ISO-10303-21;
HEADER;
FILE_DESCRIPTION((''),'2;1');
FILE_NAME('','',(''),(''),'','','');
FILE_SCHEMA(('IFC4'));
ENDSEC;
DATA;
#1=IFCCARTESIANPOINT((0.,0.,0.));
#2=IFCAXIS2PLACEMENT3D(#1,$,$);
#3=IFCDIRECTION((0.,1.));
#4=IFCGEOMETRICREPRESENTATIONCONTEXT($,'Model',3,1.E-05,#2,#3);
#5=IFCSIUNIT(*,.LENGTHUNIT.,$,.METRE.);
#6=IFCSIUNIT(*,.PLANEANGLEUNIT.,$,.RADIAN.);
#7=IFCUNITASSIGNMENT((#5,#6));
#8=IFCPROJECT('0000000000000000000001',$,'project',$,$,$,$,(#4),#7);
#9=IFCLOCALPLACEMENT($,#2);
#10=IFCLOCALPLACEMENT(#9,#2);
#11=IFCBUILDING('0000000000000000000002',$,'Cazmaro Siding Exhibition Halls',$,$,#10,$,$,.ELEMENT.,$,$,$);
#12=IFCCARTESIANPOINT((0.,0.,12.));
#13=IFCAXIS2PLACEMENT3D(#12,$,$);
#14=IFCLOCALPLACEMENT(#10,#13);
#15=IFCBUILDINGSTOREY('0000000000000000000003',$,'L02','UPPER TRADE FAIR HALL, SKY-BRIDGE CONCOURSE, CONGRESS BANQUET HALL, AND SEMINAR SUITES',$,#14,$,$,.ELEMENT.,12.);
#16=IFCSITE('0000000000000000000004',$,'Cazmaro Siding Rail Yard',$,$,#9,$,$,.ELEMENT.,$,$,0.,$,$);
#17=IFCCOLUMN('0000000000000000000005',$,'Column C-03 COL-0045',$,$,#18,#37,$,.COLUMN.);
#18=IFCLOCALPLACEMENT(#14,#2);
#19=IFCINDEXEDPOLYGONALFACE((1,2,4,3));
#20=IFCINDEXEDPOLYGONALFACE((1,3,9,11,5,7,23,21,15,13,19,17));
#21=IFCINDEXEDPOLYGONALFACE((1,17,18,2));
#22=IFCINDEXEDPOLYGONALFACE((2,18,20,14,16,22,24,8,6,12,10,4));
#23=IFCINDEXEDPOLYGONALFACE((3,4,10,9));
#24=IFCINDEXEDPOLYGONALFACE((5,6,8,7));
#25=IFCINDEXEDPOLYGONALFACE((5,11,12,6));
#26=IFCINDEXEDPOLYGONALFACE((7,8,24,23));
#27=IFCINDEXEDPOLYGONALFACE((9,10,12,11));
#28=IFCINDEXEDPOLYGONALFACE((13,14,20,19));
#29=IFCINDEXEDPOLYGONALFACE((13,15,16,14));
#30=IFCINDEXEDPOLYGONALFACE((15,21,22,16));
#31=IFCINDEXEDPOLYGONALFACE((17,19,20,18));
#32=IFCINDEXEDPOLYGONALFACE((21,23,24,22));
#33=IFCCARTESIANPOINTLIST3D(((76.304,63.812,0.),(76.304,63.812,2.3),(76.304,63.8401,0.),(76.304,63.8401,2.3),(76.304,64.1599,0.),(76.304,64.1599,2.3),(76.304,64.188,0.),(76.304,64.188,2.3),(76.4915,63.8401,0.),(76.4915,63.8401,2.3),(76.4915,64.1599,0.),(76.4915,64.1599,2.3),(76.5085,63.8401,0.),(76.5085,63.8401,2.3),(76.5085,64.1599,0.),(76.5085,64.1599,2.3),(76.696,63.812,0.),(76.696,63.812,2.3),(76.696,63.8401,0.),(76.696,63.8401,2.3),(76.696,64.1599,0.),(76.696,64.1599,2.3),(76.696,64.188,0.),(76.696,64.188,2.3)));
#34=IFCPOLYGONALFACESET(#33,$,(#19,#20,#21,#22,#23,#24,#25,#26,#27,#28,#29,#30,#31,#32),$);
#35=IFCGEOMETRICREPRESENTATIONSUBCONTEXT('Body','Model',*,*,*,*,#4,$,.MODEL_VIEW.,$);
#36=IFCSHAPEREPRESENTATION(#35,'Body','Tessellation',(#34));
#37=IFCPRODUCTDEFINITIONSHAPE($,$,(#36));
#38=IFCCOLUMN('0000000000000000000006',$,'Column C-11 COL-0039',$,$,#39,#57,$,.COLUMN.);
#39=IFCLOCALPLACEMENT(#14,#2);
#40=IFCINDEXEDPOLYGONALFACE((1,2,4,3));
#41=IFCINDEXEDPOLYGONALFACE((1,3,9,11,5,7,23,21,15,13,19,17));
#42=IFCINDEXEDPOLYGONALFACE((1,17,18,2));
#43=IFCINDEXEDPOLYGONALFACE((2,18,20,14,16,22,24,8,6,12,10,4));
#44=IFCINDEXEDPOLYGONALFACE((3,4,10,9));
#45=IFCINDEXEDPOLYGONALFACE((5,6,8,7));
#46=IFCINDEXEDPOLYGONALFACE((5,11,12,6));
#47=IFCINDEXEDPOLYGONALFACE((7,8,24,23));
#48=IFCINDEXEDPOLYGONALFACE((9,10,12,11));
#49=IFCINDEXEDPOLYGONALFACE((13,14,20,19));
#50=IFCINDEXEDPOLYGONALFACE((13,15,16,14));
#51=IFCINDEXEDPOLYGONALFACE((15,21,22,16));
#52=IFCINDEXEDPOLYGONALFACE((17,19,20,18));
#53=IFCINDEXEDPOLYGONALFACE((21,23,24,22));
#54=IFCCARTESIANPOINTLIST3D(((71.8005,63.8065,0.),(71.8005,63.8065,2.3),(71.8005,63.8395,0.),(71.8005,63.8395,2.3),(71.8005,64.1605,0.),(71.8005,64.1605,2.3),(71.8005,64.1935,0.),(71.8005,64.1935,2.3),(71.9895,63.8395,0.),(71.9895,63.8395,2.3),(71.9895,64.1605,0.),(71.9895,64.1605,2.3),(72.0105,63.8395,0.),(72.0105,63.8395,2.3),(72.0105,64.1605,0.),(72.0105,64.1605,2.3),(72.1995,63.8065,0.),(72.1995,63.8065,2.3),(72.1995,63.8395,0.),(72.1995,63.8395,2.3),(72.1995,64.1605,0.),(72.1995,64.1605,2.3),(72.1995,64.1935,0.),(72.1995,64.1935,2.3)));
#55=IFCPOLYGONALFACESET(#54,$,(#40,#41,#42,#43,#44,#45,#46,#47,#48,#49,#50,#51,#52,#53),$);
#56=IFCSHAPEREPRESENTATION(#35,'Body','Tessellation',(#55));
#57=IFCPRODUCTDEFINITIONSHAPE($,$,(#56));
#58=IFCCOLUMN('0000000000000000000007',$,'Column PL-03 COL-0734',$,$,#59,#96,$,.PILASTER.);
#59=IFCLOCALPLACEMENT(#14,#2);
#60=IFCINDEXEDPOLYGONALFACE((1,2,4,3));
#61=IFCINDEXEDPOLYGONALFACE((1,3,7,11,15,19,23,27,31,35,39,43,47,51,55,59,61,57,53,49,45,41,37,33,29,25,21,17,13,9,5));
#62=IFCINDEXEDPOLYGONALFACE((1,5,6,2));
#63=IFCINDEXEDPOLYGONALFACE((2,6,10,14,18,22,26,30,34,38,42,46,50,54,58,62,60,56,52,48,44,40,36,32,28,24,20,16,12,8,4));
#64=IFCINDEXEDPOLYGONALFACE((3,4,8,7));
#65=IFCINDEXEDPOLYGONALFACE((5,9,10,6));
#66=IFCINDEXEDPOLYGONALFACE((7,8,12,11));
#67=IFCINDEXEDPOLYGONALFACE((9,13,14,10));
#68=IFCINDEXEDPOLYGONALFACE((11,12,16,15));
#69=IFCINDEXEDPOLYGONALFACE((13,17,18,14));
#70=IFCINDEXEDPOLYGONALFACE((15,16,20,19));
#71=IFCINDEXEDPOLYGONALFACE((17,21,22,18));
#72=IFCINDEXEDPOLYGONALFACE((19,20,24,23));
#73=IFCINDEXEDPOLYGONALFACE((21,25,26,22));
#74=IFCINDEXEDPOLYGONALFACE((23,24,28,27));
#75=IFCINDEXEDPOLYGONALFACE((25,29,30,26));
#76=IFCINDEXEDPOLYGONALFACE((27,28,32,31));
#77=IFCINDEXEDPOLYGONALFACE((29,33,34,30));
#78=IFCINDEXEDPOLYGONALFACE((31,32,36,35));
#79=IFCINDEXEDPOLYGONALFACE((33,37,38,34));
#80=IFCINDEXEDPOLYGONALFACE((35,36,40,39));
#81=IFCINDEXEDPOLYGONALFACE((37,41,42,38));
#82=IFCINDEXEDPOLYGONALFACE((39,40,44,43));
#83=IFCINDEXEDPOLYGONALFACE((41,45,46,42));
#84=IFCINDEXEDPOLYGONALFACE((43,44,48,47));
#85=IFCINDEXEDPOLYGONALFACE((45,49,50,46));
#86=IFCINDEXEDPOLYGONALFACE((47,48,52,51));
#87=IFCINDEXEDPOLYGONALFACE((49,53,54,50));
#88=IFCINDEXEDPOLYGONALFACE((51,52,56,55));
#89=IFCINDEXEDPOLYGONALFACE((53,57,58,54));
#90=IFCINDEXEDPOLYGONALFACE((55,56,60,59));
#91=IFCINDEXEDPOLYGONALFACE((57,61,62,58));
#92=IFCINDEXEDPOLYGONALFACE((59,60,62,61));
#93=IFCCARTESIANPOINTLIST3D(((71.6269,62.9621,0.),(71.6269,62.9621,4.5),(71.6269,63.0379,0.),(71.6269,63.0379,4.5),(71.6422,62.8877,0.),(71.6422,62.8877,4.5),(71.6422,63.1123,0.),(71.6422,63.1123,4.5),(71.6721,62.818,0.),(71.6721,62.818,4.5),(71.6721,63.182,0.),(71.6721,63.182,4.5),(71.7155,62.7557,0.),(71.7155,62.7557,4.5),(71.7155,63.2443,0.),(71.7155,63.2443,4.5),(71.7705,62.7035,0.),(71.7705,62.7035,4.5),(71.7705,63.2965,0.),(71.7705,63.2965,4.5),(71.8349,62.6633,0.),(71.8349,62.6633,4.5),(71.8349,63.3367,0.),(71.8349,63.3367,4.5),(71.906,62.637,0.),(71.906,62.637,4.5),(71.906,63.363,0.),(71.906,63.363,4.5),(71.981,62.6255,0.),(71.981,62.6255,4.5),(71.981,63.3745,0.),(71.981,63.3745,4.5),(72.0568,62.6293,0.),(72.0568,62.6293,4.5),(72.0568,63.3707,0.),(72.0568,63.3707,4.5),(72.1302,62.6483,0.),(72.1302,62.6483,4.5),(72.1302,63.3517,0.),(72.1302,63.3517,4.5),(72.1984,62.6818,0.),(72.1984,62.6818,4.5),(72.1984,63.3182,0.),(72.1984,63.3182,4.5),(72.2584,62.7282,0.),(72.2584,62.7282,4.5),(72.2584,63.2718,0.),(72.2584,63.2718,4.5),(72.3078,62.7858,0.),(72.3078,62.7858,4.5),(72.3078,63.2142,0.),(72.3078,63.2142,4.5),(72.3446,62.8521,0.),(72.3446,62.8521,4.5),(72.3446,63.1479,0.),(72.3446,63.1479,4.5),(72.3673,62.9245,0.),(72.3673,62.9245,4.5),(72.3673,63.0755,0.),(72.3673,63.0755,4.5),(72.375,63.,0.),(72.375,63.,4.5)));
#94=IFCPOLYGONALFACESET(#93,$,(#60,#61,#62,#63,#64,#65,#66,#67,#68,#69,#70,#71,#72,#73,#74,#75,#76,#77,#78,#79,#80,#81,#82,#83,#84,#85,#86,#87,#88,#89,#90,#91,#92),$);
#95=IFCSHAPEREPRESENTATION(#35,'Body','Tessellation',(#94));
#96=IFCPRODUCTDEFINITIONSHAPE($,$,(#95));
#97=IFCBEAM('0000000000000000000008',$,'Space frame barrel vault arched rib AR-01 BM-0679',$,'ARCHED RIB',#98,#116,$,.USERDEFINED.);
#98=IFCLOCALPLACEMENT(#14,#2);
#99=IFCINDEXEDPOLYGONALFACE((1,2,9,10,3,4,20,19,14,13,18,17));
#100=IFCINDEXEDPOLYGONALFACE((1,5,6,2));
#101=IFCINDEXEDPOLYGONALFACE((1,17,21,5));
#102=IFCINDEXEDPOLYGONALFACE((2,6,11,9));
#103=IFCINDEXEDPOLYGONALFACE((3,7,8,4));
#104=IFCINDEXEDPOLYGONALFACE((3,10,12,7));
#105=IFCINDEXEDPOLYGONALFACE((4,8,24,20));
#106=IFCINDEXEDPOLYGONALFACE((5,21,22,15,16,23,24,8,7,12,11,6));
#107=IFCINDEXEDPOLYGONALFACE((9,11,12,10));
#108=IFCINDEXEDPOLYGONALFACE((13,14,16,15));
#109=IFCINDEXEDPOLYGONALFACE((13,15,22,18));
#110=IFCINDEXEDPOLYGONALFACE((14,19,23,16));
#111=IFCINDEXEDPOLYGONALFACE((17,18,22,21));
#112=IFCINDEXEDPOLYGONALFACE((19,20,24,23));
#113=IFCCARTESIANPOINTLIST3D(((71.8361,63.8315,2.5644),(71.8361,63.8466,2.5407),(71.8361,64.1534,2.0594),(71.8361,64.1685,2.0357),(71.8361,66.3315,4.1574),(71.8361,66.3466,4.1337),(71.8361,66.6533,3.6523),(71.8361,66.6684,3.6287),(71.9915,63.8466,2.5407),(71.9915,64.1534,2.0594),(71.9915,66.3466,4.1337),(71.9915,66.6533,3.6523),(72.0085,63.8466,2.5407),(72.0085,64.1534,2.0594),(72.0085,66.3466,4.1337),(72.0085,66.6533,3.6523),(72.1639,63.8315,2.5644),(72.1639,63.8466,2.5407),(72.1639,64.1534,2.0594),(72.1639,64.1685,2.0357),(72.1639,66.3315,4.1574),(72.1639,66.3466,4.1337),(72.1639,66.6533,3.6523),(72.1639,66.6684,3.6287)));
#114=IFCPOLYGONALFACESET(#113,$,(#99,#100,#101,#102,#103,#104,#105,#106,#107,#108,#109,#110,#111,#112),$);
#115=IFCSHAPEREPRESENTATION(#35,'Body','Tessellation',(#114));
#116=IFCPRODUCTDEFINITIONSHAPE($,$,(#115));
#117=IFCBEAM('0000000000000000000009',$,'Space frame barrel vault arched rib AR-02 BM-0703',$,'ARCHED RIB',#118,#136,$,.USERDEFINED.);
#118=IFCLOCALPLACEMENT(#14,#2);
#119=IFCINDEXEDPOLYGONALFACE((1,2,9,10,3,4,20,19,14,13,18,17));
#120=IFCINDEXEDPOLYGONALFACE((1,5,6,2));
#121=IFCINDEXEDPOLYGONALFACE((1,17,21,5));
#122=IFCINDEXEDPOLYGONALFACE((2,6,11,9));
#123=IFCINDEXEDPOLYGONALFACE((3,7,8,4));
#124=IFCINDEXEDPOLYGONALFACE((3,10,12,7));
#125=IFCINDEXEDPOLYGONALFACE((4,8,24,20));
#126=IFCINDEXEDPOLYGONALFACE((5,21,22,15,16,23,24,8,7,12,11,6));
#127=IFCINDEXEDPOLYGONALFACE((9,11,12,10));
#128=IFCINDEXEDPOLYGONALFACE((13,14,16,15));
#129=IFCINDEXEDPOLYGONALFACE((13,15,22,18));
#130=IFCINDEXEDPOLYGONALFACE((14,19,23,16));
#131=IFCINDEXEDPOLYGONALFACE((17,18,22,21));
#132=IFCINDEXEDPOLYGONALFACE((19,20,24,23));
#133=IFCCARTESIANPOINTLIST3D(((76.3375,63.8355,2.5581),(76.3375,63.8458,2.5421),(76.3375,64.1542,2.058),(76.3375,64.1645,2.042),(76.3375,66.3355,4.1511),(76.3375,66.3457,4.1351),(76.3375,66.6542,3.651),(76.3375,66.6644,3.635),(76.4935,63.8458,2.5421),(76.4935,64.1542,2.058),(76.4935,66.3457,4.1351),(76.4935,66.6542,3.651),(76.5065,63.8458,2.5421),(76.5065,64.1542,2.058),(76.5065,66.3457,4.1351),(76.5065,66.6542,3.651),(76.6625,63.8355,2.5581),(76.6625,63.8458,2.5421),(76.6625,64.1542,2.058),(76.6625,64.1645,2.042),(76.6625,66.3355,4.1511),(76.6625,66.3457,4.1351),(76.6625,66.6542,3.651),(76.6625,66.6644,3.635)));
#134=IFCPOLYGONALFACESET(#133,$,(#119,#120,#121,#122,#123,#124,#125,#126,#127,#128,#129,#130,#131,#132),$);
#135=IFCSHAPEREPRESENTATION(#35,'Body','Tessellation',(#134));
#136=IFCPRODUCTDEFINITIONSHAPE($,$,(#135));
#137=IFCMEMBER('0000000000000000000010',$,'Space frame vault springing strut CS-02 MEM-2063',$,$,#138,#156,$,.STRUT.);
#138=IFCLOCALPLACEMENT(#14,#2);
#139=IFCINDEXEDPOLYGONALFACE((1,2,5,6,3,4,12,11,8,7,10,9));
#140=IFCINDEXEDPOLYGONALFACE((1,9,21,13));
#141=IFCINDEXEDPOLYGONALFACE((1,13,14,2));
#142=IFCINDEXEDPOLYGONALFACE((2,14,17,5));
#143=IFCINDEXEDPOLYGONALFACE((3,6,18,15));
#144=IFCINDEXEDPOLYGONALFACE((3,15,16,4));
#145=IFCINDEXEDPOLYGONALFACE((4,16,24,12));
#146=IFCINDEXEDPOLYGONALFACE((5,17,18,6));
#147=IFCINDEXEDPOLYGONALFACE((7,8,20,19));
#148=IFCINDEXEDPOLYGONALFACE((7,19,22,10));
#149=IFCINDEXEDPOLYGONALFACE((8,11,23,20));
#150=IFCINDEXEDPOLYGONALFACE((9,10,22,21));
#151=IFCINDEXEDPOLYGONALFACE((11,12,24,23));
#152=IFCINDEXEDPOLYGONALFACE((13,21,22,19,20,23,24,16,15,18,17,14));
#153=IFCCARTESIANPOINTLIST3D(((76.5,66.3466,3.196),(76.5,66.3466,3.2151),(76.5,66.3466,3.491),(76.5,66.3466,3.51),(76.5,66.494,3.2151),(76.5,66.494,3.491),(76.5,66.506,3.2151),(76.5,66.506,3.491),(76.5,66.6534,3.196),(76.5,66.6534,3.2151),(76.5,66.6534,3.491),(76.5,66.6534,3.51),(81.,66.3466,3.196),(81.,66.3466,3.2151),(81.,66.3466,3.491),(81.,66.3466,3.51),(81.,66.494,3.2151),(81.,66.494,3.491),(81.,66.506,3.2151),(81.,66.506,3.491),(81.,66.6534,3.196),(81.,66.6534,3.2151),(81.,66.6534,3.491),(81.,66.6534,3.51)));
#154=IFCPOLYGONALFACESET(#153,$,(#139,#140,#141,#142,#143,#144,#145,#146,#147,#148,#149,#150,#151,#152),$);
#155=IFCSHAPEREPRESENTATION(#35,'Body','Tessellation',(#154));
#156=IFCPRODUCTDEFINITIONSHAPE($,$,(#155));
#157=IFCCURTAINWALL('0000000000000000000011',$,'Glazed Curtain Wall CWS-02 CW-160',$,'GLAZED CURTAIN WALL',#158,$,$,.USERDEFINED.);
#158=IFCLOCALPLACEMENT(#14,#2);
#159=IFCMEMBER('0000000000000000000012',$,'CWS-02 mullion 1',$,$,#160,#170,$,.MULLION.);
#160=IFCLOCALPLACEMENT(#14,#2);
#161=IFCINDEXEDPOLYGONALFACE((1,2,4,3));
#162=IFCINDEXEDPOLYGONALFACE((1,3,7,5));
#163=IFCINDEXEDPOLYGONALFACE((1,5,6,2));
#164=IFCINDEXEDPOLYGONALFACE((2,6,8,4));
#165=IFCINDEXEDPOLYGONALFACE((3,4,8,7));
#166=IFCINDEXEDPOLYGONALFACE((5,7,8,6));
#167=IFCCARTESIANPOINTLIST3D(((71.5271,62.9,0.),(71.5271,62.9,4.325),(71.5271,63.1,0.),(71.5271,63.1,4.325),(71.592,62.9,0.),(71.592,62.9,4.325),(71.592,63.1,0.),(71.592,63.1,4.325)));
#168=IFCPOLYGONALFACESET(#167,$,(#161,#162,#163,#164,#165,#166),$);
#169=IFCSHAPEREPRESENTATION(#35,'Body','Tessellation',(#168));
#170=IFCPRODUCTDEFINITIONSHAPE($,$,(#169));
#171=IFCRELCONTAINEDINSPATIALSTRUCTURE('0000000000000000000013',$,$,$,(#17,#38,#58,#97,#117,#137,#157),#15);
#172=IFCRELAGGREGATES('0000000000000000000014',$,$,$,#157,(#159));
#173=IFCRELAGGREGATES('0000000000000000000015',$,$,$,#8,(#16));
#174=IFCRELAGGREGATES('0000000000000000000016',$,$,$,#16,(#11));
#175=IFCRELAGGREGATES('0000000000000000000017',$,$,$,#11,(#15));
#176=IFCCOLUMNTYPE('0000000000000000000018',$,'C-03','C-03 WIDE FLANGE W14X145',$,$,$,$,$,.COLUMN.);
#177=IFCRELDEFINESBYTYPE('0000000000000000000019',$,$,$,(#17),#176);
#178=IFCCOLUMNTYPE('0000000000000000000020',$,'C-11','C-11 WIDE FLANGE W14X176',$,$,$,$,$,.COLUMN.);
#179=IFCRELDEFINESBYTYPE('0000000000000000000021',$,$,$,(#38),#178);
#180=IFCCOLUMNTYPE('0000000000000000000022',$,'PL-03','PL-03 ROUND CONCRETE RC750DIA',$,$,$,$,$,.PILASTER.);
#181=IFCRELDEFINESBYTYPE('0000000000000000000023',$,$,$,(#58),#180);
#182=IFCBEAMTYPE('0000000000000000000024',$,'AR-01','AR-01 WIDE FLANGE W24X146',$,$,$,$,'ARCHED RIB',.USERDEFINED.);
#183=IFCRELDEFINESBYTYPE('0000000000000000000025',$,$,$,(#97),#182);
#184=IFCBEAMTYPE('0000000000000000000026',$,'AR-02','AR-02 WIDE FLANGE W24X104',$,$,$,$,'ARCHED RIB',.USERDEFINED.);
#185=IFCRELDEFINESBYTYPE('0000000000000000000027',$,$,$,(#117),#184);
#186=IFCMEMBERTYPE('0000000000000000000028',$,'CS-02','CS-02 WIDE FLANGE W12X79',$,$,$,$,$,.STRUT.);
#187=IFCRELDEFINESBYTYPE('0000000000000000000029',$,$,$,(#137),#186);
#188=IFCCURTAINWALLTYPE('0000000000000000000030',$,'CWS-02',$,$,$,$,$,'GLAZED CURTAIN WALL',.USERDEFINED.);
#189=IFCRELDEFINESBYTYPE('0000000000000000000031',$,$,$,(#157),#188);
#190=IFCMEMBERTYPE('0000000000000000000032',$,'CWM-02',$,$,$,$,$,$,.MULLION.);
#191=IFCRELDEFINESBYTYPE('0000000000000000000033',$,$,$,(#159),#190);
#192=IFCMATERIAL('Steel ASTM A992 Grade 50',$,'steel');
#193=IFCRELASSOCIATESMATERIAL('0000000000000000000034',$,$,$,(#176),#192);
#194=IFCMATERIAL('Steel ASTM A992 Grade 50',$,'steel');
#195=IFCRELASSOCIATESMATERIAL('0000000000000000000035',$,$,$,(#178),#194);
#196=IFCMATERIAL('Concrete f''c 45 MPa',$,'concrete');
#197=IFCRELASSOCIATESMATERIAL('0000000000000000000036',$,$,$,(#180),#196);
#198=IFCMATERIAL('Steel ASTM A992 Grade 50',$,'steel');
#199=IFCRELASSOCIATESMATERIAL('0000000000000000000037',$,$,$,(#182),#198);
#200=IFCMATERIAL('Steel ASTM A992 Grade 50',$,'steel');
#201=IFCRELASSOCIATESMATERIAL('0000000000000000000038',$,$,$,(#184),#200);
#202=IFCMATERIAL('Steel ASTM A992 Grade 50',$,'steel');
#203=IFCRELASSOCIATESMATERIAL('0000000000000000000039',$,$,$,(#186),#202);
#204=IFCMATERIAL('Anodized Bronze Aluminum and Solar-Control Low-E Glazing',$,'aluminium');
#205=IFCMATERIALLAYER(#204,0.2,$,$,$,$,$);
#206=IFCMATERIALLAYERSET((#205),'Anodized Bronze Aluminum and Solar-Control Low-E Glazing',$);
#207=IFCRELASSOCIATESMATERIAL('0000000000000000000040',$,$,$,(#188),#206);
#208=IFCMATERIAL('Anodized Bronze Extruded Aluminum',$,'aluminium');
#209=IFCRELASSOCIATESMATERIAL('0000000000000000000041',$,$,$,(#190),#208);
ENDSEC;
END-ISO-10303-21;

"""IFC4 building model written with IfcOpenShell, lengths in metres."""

from ifc_helpers import new_model, si_unit, direction, frame, origin, origin_2d, place, context, subcontext, project, spatial, rectangle, circle, i_section, extrude, material, layer, layer_set, material_profile, profile_set, type_object, element, aggregate, save


model = new_model("IFC4")

# Units and contexts
model_context = context("Model", 3, precision=1e-05, world=origin(), true_north=direction((0.0, 1.0)))
body_context = subcontext(model_context, "Body", "Model", "MODEL_VIEW")
ifc_project = project(units=[si_unit("LENGTHUNIT", "METRE"), si_unit("PLANEANGLEUNIT", "RADIAN")], contexts=[model_context])

# Site, building, storey
site_placement = place(None, origin())
site = spatial("IfcSite", under=ifc_project, at=site_placement, Name="Cazmaro Siding Rail Yard", CompositionType="ELEMENT", RefElevation=0.0)
building_placement = place(site_placement, origin())
building = spatial("IfcBuilding", under=site, at=building_placement, Name="Cazmaro Siding Exhibition Halls", CompositionType="ELEMENT")
storey_placement = place(building_placement, frame((0.0, 0.0, 12.0)))
storey = spatial("IfcBuildingStorey", under=building, at=storey_placement, Name="L02", Description="UPPER TRADE FAIR HALL, SKY-BRIDGE CONCOURSE, CONGRESS BANQUET HALL, AND SEMINAR SUITES", CompositionType="ELEMENT", Elevation=12.0)

# Columns
ifc_material_1 = material(Name="Steel ASTM A992 Grade 50", Category="steel")
ifc_material_profile_1 = material_profile(ifc_material_1, i_section(OverallWidth=0.3921, OverallDepth=0.376, WebThickness=0.0171, FlangeThickness=0.0281, at=origin_2d()), Name="W14X145")
ifc_profile_set_1 = profile_set([ifc_material_profile_1], Name="Steel ASTM A992 Grade 50")
column_type_1 = type_object("IfcColumnType", Name="C-03", Description="C-03 WIDE FLANGE W14X145", PredefinedType="COLUMN", material=ifc_profile_set_1)
column_1_placement = place(storey_placement, frame((76.5, 64.0, 0.0), z_axis=(0.0, 0.0, 1.0), x_axis=(1.0, 0.0, 0.0)))
element("IfcColumn", 1, at=column_1_placement, inside=storey, type_object=column_type_1, Name="Column C-03 COL-0045", PredefinedType="COLUMN", context=body_context, shape_type="SweptSolid", body=[
    extrude(i_section(OverallWidth=0.3921, OverallDepth=0.376, WebThickness=0.0171, FlangeThickness=0.0281, at=origin_2d()), origin(), (0.0, 0.0, 1.0), 2.3),
])
ifc_material_2 = material(Name="Steel ASTM A992 Grade 50", Category="steel")
ifc_material_profile_2 = material_profile(ifc_material_2, i_section(OverallWidth=0.3989, OverallDepth=0.387, WebThickness=0.021, FlangeThickness=0.033, at=origin_2d()), Name="W14X176")
ifc_profile_set_2 = profile_set([ifc_material_profile_2], Name="Steel ASTM A992 Grade 50")
column_type_2 = type_object("IfcColumnType", Name="C-11", Description="C-11 WIDE FLANGE W14X176", PredefinedType="COLUMN", material=ifc_profile_set_2)
column_2_placement = place(storey_placement, frame((72.0, 64.0, 0.0), z_axis=(0.0, 0.0, 1.0), x_axis=(1.0, 0.0, 0.0)))
element("IfcColumn", 2, at=column_2_placement, inside=storey, type_object=column_type_2, Name="Column C-11 COL-0039", PredefinedType="COLUMN", context=body_context, shape_type="SweptSolid", body=[
    extrude(i_section(OverallWidth=0.3989, OverallDepth=0.387, WebThickness=0.021, FlangeThickness=0.033, at=origin_2d()), origin(), (0.0, 0.0, 1.0), 2.3),
])
ifc_material_3 = material(Name="Concrete f'c 45 MPa", Category="concrete")
ifc_material_profile_3 = material_profile(ifc_material_3, circle(Radius=0.375, at=origin_2d()), Name="RC750DIA")
ifc_profile_set_3 = profile_set([ifc_material_profile_3], Name="Concrete f'c 45 MPa")
column_type_3 = type_object("IfcColumnType", Name="PL-03", Description="PL-03 ROUND CONCRETE RC750DIA", PredefinedType="PILASTER", material=ifc_profile_set_3)
column_3_placement = place(storey_placement, frame((72.0, 63.0, 0.0), z_axis=(0.0, 0.0, 1.0), x_axis=(1.0, 0.0, 0.0)))
element("IfcColumn", 3, at=column_3_placement, inside=storey, type_object=column_type_3, Name="Column PL-03 COL-0734", PredefinedType="PILASTER", context=body_context, shape_type="SweptSolid", body=[
    extrude(circle(Radius=0.375, at=origin_2d()), origin(), (0.0, 0.0, 1.0), 4.5),
])

# Beams
ifc_material_4 = material(Name="Steel ASTM A992 Grade 50", Category="steel")
ifc_material_profile_4 = material_profile(ifc_material_4, i_section(OverallWidth=0.3279, OverallDepth=0.627, WebThickness=0.0171, FlangeThickness=0.0281, at=origin_2d()), Name="W24X146")
ifc_profile_set_4 = profile_set([ifc_material_profile_4], Name="Steel ASTM A992 Grade 50")
beam_type_1 = type_object("IfcBeamType", Name="AR-01", Description="AR-01 WIDE FLANGE W24X146", ElementType="ARCHED RIB", PredefinedType="USERDEFINED", material=ifc_profile_set_4)
beam_1_placement = place(storey_placement, frame((72.0, 64.0, 2.3), z_axis=(0.0, 0.843339, 0.537382), x_axis=(-1.0, 0.0, 0.0)))
element("IfcBeam", 4, at=beam_1_placement, inside=storey, type_object=beam_type_1, Name="Space frame barrel vault arched rib AR-01 BM-0679", ObjectType="ARCHED RIB", PredefinedType="USERDEFINED", context=body_context, shape_type="SweptSolid", body=[
    extrude(i_section(OverallWidth=0.3279, OverallDepth=0.627, WebThickness=0.0171, FlangeThickness=0.0281, at=origin_2d()), origin(), (0.0, 0.0, 1.0), 2.9644),
])
ifc_material_5 = material(Name="Steel ASTM A992 Grade 50", Category="steel")
ifc_material_profile_5 = material_profile(ifc_material_5, i_section(OverallWidth=0.325, OverallDepth=0.6121, WebThickness=0.0129, FlangeThickness=0.019, at=origin_2d()), Name="W24X104")
ifc_profile_set_5 = profile_set([ifc_material_profile_5], Name="Steel ASTM A992 Grade 50")
beam_type_2 = type_object("IfcBeamType", Name="AR-02", Description="AR-02 WIDE FLANGE W24X104", ElementType="ARCHED RIB", PredefinedType="USERDEFINED", material=ifc_profile_set_5)
beam_2_placement = place(storey_placement, frame((76.5, 64.0, 2.3), z_axis=(0.0, 0.843339, 0.537382), x_axis=(-1.0, 0.0, 0.0)))
element("IfcBeam", 5, at=beam_2_placement, inside=storey, type_object=beam_type_2, Name="Space frame barrel vault arched rib AR-02 BM-0703", ObjectType="ARCHED RIB", PredefinedType="USERDEFINED", context=body_context, shape_type="SweptSolid", body=[
    extrude(i_section(OverallWidth=0.325, OverallDepth=0.6121, WebThickness=0.0129, FlangeThickness=0.019, at=origin_2d()), origin(), (0.0, 0.0, 1.0), 2.9644),
])

# Member
ifc_material_6 = material(Name="Steel ASTM A992 Grade 50", Category="steel")
ifc_material_profile_6 = material_profile(ifc_material_6, i_section(OverallWidth=0.3069, OverallDepth=0.314, WebThickness=0.012, FlangeThickness=0.019, at=origin_2d()), Name="W12X79")
ifc_profile_set_6 = profile_set([ifc_material_profile_6], Name="Steel ASTM A992 Grade 50")
member_type_1 = type_object("IfcMemberType", Name="CS-02", Description="CS-02 WIDE FLANGE W12X79", PredefinedType="STRUT", material=ifc_profile_set_6)
member_1_placement = place(storey_placement, frame((76.5, 66.5, 3.353), z_axis=(1.0, 0.0, 0.0), x_axis=(0.0, 1.0, 0.0)))
element("IfcMember", 6, at=member_1_placement, inside=storey, type_object=member_type_1, Name="Space frame vault springing strut CS-02 MEM-2063", PredefinedType="STRUT", context=body_context, shape_type="SweptSolid", body=[
    extrude(i_section(OverallWidth=0.3069, OverallDepth=0.314, WebThickness=0.012, FlangeThickness=0.019, at=origin_2d()), origin(), (0.0, 0.0, 1.0), 4.5),
])

# Curtain wall, member
ifc_material_7 = material(Name="Anodized Bronze Aluminum and Solar-Control Low-E Glazing", Category="aluminium")
ifc_layer_1 = layer(ifc_material_7, 0.2)
ifc_layer_set_1 = layer_set([ifc_layer_1], Name="Anodized Bronze Aluminum and Solar-Control Low-E Glazing")
curtain_wall_type_1 = type_object("IfcCurtainWallType", Name="CWS-02", ElementType="GLAZED CURTAIN WALL", PredefinedType="USERDEFINED", material=ifc_layer_set_1)
curtain_wall_1_placement = place(storey_placement, origin())
curtain_wall_1 = element("IfcCurtainWall", 7, at=curtain_wall_1_placement, inside=storey, type_object=curtain_wall_type_1, Name="Glazed Curtain Wall CWS-02 CW-160", ObjectType="GLAZED CURTAIN WALL", PredefinedType="USERDEFINED")
ifc_material_8 = material(Name="Anodized Bronze Extruded Aluminum", Category="aluminium")
ifc_material_profile_7 = material_profile(ifc_material_8, rectangle(XDim=0.2, YDim=0.0649, at=origin_2d()), Name="CWM-02")
ifc_profile_set_7 = profile_set([ifc_material_profile_7], Name="Anodized Bronze Extruded Aluminum")
member_type_2 = type_object("IfcMemberType", Name="CWM-02", PredefinedType="MULLION", material=ifc_profile_set_7)
member_2_placement = place(storey_placement, frame((71.5596, 63.0, 0.0), z_axis=(0.0, 0.0, 1.0), x_axis=(0.0, -1.0, 0.0)))
member_2 = element("IfcMember", 8, at=member_2_placement, type_object=member_type_2, Name="CWS-02 mullion 1", PredefinedType="MULLION", context=body_context, shape_type="SweptSolid", body=[
    extrude(rectangle(XDim=0.2, YDim=0.0649, at=origin_2d()), origin(), (0.0, 0.0, 1.0), 4.325),
])
aggregate(curtain_wall_1, [member_2])

save(model, "model.ifc")
